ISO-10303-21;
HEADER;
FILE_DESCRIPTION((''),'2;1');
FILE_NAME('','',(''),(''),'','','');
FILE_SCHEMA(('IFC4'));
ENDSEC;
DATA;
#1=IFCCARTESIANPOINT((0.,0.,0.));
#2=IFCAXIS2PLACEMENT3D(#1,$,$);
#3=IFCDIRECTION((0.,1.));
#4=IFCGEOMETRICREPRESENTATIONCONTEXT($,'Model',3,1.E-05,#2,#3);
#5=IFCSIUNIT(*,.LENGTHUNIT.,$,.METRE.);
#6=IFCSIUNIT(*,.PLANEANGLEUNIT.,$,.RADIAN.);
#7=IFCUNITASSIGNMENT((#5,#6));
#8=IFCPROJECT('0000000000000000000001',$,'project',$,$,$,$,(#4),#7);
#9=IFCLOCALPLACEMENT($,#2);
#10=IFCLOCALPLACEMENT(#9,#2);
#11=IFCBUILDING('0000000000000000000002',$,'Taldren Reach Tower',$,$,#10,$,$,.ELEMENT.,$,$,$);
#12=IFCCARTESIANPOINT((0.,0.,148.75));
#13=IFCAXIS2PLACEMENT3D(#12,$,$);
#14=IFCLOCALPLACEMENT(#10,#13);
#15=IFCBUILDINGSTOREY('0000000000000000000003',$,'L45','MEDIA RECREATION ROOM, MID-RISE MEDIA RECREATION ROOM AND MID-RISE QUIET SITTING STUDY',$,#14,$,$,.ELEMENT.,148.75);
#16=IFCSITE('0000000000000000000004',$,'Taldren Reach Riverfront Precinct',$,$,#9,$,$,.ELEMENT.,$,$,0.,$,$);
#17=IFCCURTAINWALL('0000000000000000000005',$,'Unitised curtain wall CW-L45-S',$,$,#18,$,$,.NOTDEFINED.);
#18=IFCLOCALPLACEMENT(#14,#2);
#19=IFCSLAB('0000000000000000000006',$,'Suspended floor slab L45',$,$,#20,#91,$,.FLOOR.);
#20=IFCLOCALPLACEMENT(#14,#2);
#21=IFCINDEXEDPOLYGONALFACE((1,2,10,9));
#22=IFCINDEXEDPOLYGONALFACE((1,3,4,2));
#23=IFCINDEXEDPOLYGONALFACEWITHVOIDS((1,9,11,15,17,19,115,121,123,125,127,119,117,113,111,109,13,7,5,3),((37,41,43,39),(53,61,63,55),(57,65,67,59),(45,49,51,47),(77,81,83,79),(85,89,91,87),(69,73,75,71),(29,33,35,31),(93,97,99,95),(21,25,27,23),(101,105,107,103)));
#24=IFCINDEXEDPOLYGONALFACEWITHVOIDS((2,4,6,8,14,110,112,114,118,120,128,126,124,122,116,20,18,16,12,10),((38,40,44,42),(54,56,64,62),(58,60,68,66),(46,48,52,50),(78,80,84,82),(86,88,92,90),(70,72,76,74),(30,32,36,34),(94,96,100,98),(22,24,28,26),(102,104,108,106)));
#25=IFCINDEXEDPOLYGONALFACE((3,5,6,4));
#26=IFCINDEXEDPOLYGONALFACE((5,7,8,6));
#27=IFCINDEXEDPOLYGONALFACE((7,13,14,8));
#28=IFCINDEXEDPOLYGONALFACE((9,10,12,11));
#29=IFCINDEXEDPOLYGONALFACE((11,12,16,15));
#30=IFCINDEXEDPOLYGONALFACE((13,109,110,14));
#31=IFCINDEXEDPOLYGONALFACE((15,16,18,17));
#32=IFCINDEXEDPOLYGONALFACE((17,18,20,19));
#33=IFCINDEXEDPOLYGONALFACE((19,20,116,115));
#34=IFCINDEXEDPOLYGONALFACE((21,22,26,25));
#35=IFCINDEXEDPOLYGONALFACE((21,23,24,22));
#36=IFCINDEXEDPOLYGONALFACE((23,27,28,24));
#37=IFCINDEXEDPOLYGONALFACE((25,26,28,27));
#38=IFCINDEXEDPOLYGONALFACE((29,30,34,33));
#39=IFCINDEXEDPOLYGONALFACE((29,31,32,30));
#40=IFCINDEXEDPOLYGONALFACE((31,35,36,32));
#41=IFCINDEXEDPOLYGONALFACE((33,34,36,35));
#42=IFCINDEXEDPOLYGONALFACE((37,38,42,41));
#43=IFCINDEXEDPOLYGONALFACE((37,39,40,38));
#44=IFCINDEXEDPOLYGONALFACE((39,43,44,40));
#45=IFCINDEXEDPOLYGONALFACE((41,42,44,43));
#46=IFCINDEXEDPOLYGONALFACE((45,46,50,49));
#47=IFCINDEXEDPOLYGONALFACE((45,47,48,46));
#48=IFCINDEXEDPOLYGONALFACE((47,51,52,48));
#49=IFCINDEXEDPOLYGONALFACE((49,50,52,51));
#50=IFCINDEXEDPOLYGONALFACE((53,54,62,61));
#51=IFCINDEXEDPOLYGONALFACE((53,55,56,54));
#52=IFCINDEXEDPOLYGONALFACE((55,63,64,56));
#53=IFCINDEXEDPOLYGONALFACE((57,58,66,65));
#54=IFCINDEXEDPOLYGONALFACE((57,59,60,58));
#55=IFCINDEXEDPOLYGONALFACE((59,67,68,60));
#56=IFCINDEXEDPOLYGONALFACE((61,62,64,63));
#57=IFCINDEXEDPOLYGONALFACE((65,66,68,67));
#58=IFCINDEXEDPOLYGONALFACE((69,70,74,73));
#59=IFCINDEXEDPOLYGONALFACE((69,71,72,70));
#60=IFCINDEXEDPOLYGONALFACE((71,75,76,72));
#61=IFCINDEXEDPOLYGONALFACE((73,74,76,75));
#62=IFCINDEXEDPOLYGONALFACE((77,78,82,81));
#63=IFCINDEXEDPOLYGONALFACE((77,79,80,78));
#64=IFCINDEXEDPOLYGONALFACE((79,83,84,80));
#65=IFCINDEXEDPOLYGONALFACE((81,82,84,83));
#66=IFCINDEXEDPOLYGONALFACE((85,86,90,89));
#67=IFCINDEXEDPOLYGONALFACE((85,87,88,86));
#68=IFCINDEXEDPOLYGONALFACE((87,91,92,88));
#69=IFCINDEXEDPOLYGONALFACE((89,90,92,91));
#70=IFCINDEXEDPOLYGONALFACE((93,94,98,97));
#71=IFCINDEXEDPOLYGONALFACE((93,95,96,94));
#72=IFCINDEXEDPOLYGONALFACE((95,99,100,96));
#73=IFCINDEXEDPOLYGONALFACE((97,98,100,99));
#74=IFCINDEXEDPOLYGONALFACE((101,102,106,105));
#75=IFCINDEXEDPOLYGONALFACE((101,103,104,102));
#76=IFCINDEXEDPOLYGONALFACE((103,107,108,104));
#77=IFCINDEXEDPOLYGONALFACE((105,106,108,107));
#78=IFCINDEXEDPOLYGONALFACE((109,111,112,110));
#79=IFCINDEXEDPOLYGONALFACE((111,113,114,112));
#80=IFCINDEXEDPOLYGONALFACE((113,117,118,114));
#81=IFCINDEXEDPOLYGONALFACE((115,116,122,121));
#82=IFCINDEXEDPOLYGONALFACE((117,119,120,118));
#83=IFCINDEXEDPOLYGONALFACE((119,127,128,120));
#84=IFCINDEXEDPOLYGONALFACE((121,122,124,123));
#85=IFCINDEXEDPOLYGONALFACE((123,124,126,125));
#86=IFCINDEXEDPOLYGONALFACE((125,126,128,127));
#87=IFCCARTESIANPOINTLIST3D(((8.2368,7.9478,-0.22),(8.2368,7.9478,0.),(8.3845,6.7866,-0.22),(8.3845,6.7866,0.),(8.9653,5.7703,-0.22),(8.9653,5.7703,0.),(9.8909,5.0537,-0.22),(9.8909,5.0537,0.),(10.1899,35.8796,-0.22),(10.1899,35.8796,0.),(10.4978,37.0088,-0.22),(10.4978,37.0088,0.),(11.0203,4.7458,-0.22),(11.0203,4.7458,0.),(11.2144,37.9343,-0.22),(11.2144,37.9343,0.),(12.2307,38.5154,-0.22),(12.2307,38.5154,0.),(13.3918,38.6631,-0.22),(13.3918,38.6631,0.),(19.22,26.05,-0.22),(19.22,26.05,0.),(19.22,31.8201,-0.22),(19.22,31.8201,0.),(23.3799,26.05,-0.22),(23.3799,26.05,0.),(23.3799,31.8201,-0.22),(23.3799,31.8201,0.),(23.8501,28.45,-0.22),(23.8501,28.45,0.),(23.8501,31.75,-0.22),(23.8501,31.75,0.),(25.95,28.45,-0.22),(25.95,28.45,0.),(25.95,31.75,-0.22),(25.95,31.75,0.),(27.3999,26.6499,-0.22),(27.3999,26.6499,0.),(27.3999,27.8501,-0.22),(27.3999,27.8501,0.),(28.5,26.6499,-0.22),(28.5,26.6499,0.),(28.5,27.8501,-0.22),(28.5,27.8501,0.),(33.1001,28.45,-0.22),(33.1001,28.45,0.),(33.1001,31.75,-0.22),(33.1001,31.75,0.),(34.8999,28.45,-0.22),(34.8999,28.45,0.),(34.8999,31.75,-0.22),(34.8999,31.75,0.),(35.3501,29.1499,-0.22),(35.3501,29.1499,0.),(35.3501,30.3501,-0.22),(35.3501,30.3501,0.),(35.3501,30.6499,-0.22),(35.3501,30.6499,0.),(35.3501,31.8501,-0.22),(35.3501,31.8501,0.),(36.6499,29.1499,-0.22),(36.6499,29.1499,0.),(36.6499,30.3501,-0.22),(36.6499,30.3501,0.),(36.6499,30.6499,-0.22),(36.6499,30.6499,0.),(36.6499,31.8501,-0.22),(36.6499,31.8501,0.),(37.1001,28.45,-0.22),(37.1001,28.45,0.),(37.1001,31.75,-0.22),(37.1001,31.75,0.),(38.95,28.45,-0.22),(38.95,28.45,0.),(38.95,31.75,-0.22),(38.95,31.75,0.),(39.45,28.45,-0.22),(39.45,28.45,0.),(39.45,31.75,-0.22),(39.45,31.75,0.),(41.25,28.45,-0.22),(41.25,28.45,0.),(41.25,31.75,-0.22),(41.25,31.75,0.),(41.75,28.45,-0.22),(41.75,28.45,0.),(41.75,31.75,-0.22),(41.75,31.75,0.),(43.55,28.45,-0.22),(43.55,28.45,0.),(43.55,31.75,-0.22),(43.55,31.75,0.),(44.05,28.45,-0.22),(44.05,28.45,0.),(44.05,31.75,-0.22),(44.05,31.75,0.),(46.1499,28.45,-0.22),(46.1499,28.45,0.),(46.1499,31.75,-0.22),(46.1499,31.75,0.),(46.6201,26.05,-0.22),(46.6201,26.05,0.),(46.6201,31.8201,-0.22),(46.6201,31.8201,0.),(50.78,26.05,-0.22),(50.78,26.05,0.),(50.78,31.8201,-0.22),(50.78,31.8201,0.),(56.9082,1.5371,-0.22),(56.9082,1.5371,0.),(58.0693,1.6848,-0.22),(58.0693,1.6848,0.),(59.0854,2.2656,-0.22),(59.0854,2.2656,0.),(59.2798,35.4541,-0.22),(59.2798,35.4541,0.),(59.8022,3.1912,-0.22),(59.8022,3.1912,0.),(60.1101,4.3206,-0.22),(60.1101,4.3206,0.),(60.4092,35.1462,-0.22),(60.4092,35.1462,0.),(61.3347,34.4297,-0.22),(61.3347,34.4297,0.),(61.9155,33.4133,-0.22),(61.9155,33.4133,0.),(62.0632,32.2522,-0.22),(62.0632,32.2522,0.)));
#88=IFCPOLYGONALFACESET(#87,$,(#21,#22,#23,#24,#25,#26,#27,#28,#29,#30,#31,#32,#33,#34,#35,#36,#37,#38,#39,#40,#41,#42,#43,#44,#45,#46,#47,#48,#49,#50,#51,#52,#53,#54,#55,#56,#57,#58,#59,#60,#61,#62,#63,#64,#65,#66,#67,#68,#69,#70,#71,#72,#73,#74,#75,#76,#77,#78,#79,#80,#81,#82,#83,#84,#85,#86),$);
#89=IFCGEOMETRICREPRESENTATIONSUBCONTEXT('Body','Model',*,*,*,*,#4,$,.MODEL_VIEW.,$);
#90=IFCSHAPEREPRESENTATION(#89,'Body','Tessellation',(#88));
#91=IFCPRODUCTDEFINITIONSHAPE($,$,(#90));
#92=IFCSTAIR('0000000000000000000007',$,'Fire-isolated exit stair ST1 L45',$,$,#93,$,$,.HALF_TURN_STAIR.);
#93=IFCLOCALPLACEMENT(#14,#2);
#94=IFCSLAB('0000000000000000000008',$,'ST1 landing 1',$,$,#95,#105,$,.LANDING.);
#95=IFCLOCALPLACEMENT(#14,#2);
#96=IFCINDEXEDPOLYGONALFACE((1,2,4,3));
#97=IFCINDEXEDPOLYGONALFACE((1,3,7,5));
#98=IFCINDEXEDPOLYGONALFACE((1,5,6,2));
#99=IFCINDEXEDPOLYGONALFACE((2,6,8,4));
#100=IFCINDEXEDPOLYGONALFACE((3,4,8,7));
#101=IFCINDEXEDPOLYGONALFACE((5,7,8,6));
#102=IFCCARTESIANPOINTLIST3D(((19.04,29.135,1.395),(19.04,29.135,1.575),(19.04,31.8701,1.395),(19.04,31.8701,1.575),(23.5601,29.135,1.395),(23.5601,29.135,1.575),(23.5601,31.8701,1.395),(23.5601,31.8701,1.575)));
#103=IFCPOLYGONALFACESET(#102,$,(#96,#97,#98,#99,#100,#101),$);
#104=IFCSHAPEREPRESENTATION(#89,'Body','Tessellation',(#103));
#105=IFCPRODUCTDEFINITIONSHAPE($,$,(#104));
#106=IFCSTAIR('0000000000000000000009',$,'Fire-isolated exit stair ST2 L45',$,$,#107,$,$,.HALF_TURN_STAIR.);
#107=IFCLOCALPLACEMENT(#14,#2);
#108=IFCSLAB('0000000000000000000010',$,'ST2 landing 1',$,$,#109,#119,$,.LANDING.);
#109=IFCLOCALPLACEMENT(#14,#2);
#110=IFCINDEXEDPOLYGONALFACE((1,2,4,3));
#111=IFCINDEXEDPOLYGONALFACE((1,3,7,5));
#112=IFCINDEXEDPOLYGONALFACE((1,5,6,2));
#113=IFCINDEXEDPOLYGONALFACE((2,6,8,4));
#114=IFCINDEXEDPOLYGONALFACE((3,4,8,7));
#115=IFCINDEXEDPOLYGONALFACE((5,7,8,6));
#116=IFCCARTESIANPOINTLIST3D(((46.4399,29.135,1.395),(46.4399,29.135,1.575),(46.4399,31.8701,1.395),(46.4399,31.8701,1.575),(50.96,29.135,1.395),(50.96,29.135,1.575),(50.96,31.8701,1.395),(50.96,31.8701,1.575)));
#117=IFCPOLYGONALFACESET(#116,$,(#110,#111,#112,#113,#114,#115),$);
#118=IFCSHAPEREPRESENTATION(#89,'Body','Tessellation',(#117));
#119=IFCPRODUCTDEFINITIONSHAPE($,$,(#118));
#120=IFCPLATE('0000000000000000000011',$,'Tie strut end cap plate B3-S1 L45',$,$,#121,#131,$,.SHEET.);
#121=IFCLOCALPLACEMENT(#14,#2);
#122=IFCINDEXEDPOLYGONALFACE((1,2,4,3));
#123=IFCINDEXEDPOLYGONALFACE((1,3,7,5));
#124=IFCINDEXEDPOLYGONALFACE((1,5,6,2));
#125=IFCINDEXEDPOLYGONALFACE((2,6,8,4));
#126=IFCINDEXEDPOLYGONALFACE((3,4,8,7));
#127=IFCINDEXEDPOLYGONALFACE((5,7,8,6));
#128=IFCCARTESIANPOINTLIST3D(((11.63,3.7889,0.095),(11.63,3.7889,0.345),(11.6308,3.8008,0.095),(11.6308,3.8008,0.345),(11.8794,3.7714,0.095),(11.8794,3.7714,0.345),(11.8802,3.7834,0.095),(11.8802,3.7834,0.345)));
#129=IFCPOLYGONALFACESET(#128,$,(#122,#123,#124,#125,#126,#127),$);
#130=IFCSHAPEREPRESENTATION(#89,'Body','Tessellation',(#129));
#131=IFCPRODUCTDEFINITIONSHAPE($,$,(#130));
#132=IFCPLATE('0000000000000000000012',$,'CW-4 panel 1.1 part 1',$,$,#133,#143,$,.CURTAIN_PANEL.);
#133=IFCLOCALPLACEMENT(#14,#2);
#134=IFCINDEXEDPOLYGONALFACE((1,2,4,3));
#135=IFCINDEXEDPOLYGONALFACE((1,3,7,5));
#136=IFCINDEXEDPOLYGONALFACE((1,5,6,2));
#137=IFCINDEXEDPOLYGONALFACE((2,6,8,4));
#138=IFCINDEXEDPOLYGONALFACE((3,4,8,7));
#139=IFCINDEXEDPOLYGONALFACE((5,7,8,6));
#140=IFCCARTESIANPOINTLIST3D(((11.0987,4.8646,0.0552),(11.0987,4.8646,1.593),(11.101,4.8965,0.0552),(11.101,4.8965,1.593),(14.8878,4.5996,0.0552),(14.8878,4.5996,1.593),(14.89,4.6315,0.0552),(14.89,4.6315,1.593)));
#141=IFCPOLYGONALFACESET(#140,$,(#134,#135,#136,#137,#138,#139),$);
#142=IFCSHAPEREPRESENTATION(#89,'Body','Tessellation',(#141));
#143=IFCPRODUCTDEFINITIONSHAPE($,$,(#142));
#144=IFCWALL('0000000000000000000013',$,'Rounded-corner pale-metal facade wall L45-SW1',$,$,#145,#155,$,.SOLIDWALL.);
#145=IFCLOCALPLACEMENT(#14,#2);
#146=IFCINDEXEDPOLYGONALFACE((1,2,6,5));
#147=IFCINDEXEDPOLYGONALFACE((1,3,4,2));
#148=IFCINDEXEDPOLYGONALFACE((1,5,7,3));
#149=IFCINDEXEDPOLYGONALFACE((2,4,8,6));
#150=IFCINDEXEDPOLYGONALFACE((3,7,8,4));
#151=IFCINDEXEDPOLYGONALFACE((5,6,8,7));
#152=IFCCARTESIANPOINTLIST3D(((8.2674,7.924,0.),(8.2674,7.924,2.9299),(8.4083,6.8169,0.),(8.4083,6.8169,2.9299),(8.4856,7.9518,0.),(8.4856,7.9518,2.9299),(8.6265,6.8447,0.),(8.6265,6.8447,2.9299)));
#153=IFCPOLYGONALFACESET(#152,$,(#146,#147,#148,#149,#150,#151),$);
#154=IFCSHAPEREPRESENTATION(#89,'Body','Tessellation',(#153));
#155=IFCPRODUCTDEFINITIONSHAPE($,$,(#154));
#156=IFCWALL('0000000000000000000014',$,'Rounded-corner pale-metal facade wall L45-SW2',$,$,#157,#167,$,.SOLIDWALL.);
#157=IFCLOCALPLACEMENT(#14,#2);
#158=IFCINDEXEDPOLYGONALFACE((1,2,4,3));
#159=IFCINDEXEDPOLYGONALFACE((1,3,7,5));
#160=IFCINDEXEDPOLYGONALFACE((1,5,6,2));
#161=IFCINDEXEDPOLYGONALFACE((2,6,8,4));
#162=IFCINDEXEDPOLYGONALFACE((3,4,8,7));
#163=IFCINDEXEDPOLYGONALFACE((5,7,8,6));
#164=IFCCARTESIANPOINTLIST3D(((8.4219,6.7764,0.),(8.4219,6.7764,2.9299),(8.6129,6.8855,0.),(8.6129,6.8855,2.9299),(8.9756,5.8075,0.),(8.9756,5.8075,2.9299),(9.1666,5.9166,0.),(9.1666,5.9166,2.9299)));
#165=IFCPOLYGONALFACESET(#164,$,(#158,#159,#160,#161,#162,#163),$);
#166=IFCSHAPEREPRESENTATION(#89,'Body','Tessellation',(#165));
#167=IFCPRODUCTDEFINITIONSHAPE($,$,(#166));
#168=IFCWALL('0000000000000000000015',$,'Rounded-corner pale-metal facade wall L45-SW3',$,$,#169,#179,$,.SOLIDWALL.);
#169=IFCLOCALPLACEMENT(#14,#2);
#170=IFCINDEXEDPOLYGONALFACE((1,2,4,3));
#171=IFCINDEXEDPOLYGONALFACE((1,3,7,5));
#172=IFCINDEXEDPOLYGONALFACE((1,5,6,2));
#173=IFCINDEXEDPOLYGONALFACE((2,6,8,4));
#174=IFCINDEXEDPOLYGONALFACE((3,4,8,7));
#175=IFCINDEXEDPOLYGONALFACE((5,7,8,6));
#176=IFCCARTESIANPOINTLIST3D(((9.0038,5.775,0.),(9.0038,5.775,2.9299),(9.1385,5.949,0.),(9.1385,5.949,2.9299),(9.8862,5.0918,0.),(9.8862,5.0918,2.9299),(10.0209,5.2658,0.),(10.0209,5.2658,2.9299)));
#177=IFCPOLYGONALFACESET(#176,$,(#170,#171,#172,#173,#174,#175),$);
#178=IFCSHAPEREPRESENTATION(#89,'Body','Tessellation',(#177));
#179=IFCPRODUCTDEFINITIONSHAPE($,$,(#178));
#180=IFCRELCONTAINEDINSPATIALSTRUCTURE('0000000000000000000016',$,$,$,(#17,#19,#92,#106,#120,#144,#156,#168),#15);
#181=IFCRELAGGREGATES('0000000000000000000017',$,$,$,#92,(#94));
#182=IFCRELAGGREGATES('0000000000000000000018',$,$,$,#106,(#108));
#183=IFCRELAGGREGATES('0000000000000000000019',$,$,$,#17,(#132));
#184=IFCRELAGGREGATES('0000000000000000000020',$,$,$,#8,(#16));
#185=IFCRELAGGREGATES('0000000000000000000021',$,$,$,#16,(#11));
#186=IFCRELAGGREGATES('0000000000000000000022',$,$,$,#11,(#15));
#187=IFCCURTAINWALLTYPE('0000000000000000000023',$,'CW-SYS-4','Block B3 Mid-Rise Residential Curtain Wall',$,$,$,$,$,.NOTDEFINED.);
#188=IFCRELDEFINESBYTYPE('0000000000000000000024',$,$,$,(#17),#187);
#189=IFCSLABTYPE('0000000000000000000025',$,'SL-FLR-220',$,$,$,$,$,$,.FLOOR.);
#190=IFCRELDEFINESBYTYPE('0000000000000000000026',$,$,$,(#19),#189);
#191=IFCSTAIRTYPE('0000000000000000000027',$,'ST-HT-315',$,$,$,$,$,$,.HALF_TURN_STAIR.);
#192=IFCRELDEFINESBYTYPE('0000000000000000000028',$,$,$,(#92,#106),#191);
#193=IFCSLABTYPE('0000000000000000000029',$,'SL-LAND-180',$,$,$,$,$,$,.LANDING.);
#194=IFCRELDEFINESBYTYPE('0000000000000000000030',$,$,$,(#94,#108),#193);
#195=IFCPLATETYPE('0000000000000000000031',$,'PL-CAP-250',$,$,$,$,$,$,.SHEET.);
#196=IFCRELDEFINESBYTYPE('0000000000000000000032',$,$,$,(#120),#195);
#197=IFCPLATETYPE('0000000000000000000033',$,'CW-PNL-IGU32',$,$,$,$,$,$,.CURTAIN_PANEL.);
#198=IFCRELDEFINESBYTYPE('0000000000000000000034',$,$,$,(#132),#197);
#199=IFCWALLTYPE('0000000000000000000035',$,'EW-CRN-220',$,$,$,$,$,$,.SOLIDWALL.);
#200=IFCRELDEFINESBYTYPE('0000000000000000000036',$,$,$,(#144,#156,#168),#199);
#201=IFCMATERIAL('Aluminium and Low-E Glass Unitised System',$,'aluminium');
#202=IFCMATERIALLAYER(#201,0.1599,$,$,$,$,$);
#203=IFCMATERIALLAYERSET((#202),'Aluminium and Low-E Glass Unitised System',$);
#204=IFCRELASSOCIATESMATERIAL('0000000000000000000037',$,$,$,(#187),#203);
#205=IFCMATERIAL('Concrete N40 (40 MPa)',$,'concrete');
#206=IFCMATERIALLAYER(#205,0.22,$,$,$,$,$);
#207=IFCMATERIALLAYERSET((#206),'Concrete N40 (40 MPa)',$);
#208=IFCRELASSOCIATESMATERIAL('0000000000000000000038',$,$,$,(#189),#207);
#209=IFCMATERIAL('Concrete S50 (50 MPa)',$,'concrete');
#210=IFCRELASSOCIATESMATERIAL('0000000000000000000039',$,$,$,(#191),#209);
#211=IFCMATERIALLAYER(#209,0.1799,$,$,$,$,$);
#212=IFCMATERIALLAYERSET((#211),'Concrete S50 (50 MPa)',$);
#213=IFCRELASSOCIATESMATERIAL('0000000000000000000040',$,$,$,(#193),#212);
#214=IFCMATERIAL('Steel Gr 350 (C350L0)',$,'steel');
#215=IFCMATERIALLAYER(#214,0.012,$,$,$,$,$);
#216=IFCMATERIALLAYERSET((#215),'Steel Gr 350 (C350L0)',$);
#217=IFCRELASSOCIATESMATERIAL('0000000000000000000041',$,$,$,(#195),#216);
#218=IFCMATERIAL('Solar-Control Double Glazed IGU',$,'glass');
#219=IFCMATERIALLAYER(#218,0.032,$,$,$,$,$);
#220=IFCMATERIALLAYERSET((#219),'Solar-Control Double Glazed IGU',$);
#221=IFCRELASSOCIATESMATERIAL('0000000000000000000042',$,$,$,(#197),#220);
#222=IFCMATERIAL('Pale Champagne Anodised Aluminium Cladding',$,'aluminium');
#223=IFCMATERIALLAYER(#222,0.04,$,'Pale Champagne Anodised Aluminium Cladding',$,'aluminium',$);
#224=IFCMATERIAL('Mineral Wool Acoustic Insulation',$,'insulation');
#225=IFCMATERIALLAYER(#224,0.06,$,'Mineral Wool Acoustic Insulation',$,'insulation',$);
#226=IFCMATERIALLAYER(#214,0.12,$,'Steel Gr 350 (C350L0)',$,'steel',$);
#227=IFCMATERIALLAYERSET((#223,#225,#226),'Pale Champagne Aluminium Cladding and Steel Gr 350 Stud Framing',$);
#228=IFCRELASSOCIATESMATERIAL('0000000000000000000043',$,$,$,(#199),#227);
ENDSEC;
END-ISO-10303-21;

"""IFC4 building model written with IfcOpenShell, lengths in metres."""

from ifc_helpers import new_model, si_unit, direction, frame, frame_2d, origin, origin_2d, place, context, subcontext, project, spatial, polyline, rectangle, outline, extrude, source, transform, mapped, material, layer, layer_set, type_object, element, aggregate, save


model = new_model("IFC4")

# Units and contexts
model_context = context("Model", 3, precision=1e-05, world=origin(), true_north=direction((0.0, 1.0)))
body_context = subcontext(model_context, "Body", "Model", "MODEL_VIEW")
ifc_project = project(units=[si_unit("LENGTHUNIT", "METRE"), si_unit("PLANEANGLEUNIT", "RADIAN")], contexts=[model_context])

# Site, building, storey
site_placement = place(None, origin())
site = spatial("IfcSite", under=ifc_project, at=site_placement, Name="Taldren Reach Riverfront Precinct", CompositionType="ELEMENT", RefElevation=0.0)
building_placement = place(site_placement, origin())
building = spatial("IfcBuilding", under=site, at=building_placement, Name="Taldren Reach Tower", CompositionType="ELEMENT")
storey_placement = place(building_placement, frame((0.0, 0.0, 148.75)))
storey = spatial("IfcBuildingStorey", under=building, at=storey_placement, Name="L45", Description="MEDIA RECREATION ROOM, MID-RISE MEDIA RECREATION ROOM AND MID-RISE QUIET SITTING STUDY", CompositionType="ELEMENT", Elevation=148.75)

# Shared definitions
ifc_material_1 = material(Name="Steel Gr 350 (C350L0)", Category="steel")

# Curtain wall
ifc_material_2 = material(Name="Aluminium and Low-E Glass Unitised System", Category="aluminium")
ifc_layer_1 = layer(ifc_material_2, 0.1599)
ifc_layer_set_1 = layer_set([ifc_layer_1], Name="Aluminium and Low-E Glass Unitised System")
curtain_wall_type = type_object("IfcCurtainWallType", Name="CW-SYS-4", Description="Block B3 Mid-Rise Residential Curtain Wall", PredefinedType="NOTDEFINED", material=ifc_layer_set_1)
curtain_wall_1_placement = place(storey_placement, origin())
curtain_wall_1 = element("IfcCurtainWall", 1, at=curtain_wall_1_placement, inside=storey, type_object=curtain_wall_type, Name="Unitised curtain wall CW-L45-S", PredefinedType="NOTDEFINED")

# Slab
ifc_material_3 = material(Name="Concrete N40 (40 MPa)", Category="concrete")
ifc_layer_2 = layer(ifc_material_3, 0.22)
ifc_layer_set_2 = layer_set([ifc_layer_2], Name="Concrete N40 (40 MPa)")
slab_type_1 = type_object("IfcSlabType", Name="SL-FLR-220", PredefinedType="FLOOR", material=ifc_layer_set_2)
slab_1_placement = place(storey_placement, frame((0.0, 0.0, -0.22)))
element("IfcSlab", 2, at=slab_1_placement, inside=storey, type_object=slab_type_1, Name="Suspended floor slab L45", PredefinedType="FLOOR", context=body_context, shape_type="SweptSolid", body=[
    extrude(outline(polyline([(56.9082, 1.5371), (58.0693, 1.6848), (59.0854, 2.2656), (59.8022, 3.1912), (60.1101, 4.3206), (62.0632, 32.2522), (61.9155, 33.4133), (61.3347, 34.4297), (60.4092, 35.1462), (59.2798, 35.4541), (13.3918, 38.6631), (12.2307, 38.5154), (11.2144, 37.9343), (10.4978, 37.0088), (10.1899, 35.8796), (8.2368, 7.9478), (8.3845, 6.7866), (8.9653, 5.7703), (9.8909, 5.0537), (11.0203, 4.7458), (56.9082, 1.5371)]), holes=[polyline([(19.22, 26.05), (23.3799, 26.05), (23.3799, 31.8201), (19.22, 31.8201), (19.22, 26.05)]), polyline([(46.6201, 26.05), (50.78, 26.05), (50.78, 31.8201), (46.6201, 31.8201), (46.6201, 26.05)]), polyline([(23.8501, 28.45), (25.95, 28.45), (25.95, 31.75), (23.8501, 31.75), (23.8501, 28.45)]), polyline([(44.05, 28.45), (46.1499, 28.45), (46.1499, 31.75), (44.05, 31.75), (44.05, 28.45)]), polyline([(33.1001, 28.45), (34.8999, 28.45), (34.8999, 31.75), (33.1001, 31.75), (33.1001, 28.45)]), polyline([(37.1001, 28.45), (38.95, 28.45), (38.95, 31.75), (37.1001, 31.75), (37.1001, 28.45)]), polyline([(39.45, 28.45), (41.25, 28.45), (41.25, 31.75), (39.45, 31.75), (39.45, 28.45)]), polyline([(41.75, 28.45), (43.55, 28.45), (43.55, 31.75), (41.75, 31.75), (41.75, 28.45)]), polyline([(35.3501, 30.6499), (36.6499, 30.6499), (36.6499, 31.8501), (35.3501, 31.8501), (35.3501, 30.6499)]), polyline([(35.3501, 29.1499), (36.6499, 29.1499), (36.6499, 30.3501), (35.3501, 30.3501), (35.3501, 29.1499)]), polyline([(27.3999, 26.6499), (28.5, 26.6499), (28.5, 27.8501), (27.3999, 27.8501), (27.3999, 26.6499)])]), origin(), (0.0, 0.0, 1.0), 0.22),
])

# Stairs, slabs
ifc_material_4 = material(Name="Concrete S50 (50 MPa)", Category="concrete")
stair_type = type_object("IfcStairType", Name="ST-HT-315", PredefinedType="HALF_TURN_STAIR", material=ifc_material_4)
stair_1_placement = place(storey_placement, origin())
stair_1 = element("IfcStair", 3, at=stair_1_placement, inside=storey, type_object=stair_type, Name="Fire-isolated exit stair ST1 L45", PredefinedType="HALF_TURN_STAIR")
ifc_layer_3 = layer(ifc_material_4, 0.1799)
ifc_layer_set_3 = layer_set([ifc_layer_3], Name="Concrete S50 (50 MPa)")
slab_type_2 = type_object("IfcSlabType", Name="SL-LAND-180", PredefinedType="LANDING", material=ifc_layer_set_3)
slab_2_placement = place(storey_placement, frame((0.0, 0.0, 1.395)))
slab_2 = element("IfcSlab", 4, at=slab_2_placement, type_object=slab_type_2, Name="ST1 landing 1", PredefinedType="LANDING", context=body_context, shape_type="SweptSolid", body=[
    extrude(outline(polyline([(19.04, 29.135), (23.5601, 29.135), (23.5601, 31.8701), (19.04, 31.8701), (19.04, 29.135)])), origin(), (0.0, 0.0, 1.0), 0.1799),
])
aggregate(stair_1, [slab_2])
stair_2_placement = place(storey_placement, origin())
stair_2 = element("IfcStair", 5, at=stair_2_placement, inside=storey, type_object=stair_type, Name="Fire-isolated exit stair ST2 L45", PredefinedType="HALF_TURN_STAIR")
slab_3_placement = place(storey_placement, frame((0.0, 0.0, 1.395)))
slab_3 = element("IfcSlab", 6, at=slab_3_placement, type_object=slab_type_2, Name="ST2 landing 1", PredefinedType="LANDING", context=body_context, shape_type="SweptSolid", body=[
    extrude(outline(polyline([(46.4399, 29.135), (50.96, 29.135), (50.96, 31.8701), (46.4399, 31.8701), (46.4399, 29.135)])), origin(), (0.0, 0.0, 1.0), 0.1799),
])
aggregate(stair_2, [slab_3])

# Plates
ifc_layer_4 = layer(ifc_material_1, 0.012)
ifc_layer_set_4 = layer_set([ifc_layer_4], Name="Steel Gr 350 (C350L0)")
plate_type_1 = type_object("IfcPlateType", Name="PL-CAP-250", PredefinedType="SHEET", material=ifc_layer_set_4)
shared_shape_1 = source(origin(), body_context, "Body", "SweptSolid", [
    extrude(rectangle(XDim=0.25, YDim=0.012, at=origin_2d()), origin(), (0.0, 0.0, 1.0), 0.25),
])
plate_1_placement = place(storey_placement, frame((11.7551, 3.7861, 0.095), z_axis=(0.0, 0.0, 1.0), x_axis=(0.997564, -0.069756, 0.0)))
element("IfcPlate", 7, at=plate_1_placement, inside=storey, type_object=plate_type_1, Name="Tie strut end cap plate B3-S1 L45", PredefinedType="SHEET", context=body_context, shape_type="MappedRepresentation", body=[
    mapped(shared_shape_1, transform((0.0, 0.0, 0.0), scale=1.0)),
])
ifc_material_5 = material(Name="Solar-Control Double Glazed IGU", Category="glass")
ifc_layer_5 = layer(ifc_material_5, 0.032)
ifc_layer_set_5 = layer_set([ifc_layer_5], Name="Solar-Control Double Glazed IGU")
plate_type_2 = type_object("IfcPlateType", Name="CW-PNL-IGU32", PredefinedType="CURTAIN_PANEL", material=ifc_layer_set_5)
shared_shape_2 = source(origin(), body_context, "Body", "SweptSolid", [
    extrude(rectangle(XDim=3.7983, YDim=0.032, at=origin_2d()), origin(), (0.0, 0.0, 1.0), 1.5378),
])
plate_2_placement = place(storey_placement, frame((12.9944, 4.748, 0.0552), z_axis=(0.0, 0.0, 1.0), x_axis=(0.997564, -0.069757, 0.0)))
plate_2 = element("IfcPlate", 8, at=plate_2_placement, type_object=plate_type_2, Name="CW-4 panel 1.1 part 1", PredefinedType="CURTAIN_PANEL", context=body_context, shape_type="MappedRepresentation", body=[
    mapped(shared_shape_2, transform((0.0, 0.0, 0.0), scale=1.0)),
])
aggregate(curtain_wall_1, [plate_2])

# Walls
ifc_material_6 = material(Name="Pale Champagne Anodised Aluminium Cladding", Category="aluminium")
ifc_layer_6 = layer(ifc_material_6, 0.04, Name="Pale Champagne Anodised Aluminium Cladding", Category="aluminium")
ifc_material_7 = material(Name="Mineral Wool Acoustic Insulation", Category="insulation")
ifc_layer_7 = layer(ifc_material_7, 0.06, Name="Mineral Wool Acoustic Insulation", Category="insulation")
ifc_layer_8 = layer(ifc_material_1, 0.12, Name="Steel Gr 350 (C350L0)", Category="steel")
ifc_layer_set_6 = layer_set([ifc_layer_6, ifc_layer_7, ifc_layer_8], Name="Pale Champagne Aluminium Cladding and Steel Gr 350 Stud Framing")
wall_type = type_object("IfcWallType", Name="EW-CRN-220", PredefinedType="SOLIDWALL", material=ifc_layer_set_6)
shared_shape_3 = source(origin(), body_context, "Body", "SweptSolid", [
    extrude(rectangle(XDim=1.116, YDim=0.22, at=frame_2d((0.5581, 0.0))), origin(), (0.0, 0.0, 1.0), 2.9299),
])
for number, where, z_axis, x_axis, name in (
    (9, (8.3765, 7.938, 0.0), (0.0, 0.0, 1.0), (0.126243, -0.991999, 0.0), "Rounded-corner pale-metal facade wall L45-SW1"),
    (10, (8.5173, 6.8311, 0.0), (0.0, 0.0, 1.0), (0.496139, -0.868243, 0.0), "Rounded-corner pale-metal facade wall L45-SW2"),
    (11, (9.071, 5.8621, 0.0), (0.0, 0.0, 1.0), (0.790717, -0.612182, 0.0), "Rounded-corner pale-metal facade wall L45-SW3"),
):
    element("IfcWall", number, at=place(storey_placement, frame(where, z_axis=z_axis, x_axis=x_axis)), inside=storey, type_object=wall_type, Name=name, PredefinedType="SOLIDWALL", context=body_context, shape_type="MappedRepresentation", body=[
        mapped(shared_shape_3, transform((0.0, 0.0, 0.0), scale=1.0)),
    ])

save(model, "model.ifc")
